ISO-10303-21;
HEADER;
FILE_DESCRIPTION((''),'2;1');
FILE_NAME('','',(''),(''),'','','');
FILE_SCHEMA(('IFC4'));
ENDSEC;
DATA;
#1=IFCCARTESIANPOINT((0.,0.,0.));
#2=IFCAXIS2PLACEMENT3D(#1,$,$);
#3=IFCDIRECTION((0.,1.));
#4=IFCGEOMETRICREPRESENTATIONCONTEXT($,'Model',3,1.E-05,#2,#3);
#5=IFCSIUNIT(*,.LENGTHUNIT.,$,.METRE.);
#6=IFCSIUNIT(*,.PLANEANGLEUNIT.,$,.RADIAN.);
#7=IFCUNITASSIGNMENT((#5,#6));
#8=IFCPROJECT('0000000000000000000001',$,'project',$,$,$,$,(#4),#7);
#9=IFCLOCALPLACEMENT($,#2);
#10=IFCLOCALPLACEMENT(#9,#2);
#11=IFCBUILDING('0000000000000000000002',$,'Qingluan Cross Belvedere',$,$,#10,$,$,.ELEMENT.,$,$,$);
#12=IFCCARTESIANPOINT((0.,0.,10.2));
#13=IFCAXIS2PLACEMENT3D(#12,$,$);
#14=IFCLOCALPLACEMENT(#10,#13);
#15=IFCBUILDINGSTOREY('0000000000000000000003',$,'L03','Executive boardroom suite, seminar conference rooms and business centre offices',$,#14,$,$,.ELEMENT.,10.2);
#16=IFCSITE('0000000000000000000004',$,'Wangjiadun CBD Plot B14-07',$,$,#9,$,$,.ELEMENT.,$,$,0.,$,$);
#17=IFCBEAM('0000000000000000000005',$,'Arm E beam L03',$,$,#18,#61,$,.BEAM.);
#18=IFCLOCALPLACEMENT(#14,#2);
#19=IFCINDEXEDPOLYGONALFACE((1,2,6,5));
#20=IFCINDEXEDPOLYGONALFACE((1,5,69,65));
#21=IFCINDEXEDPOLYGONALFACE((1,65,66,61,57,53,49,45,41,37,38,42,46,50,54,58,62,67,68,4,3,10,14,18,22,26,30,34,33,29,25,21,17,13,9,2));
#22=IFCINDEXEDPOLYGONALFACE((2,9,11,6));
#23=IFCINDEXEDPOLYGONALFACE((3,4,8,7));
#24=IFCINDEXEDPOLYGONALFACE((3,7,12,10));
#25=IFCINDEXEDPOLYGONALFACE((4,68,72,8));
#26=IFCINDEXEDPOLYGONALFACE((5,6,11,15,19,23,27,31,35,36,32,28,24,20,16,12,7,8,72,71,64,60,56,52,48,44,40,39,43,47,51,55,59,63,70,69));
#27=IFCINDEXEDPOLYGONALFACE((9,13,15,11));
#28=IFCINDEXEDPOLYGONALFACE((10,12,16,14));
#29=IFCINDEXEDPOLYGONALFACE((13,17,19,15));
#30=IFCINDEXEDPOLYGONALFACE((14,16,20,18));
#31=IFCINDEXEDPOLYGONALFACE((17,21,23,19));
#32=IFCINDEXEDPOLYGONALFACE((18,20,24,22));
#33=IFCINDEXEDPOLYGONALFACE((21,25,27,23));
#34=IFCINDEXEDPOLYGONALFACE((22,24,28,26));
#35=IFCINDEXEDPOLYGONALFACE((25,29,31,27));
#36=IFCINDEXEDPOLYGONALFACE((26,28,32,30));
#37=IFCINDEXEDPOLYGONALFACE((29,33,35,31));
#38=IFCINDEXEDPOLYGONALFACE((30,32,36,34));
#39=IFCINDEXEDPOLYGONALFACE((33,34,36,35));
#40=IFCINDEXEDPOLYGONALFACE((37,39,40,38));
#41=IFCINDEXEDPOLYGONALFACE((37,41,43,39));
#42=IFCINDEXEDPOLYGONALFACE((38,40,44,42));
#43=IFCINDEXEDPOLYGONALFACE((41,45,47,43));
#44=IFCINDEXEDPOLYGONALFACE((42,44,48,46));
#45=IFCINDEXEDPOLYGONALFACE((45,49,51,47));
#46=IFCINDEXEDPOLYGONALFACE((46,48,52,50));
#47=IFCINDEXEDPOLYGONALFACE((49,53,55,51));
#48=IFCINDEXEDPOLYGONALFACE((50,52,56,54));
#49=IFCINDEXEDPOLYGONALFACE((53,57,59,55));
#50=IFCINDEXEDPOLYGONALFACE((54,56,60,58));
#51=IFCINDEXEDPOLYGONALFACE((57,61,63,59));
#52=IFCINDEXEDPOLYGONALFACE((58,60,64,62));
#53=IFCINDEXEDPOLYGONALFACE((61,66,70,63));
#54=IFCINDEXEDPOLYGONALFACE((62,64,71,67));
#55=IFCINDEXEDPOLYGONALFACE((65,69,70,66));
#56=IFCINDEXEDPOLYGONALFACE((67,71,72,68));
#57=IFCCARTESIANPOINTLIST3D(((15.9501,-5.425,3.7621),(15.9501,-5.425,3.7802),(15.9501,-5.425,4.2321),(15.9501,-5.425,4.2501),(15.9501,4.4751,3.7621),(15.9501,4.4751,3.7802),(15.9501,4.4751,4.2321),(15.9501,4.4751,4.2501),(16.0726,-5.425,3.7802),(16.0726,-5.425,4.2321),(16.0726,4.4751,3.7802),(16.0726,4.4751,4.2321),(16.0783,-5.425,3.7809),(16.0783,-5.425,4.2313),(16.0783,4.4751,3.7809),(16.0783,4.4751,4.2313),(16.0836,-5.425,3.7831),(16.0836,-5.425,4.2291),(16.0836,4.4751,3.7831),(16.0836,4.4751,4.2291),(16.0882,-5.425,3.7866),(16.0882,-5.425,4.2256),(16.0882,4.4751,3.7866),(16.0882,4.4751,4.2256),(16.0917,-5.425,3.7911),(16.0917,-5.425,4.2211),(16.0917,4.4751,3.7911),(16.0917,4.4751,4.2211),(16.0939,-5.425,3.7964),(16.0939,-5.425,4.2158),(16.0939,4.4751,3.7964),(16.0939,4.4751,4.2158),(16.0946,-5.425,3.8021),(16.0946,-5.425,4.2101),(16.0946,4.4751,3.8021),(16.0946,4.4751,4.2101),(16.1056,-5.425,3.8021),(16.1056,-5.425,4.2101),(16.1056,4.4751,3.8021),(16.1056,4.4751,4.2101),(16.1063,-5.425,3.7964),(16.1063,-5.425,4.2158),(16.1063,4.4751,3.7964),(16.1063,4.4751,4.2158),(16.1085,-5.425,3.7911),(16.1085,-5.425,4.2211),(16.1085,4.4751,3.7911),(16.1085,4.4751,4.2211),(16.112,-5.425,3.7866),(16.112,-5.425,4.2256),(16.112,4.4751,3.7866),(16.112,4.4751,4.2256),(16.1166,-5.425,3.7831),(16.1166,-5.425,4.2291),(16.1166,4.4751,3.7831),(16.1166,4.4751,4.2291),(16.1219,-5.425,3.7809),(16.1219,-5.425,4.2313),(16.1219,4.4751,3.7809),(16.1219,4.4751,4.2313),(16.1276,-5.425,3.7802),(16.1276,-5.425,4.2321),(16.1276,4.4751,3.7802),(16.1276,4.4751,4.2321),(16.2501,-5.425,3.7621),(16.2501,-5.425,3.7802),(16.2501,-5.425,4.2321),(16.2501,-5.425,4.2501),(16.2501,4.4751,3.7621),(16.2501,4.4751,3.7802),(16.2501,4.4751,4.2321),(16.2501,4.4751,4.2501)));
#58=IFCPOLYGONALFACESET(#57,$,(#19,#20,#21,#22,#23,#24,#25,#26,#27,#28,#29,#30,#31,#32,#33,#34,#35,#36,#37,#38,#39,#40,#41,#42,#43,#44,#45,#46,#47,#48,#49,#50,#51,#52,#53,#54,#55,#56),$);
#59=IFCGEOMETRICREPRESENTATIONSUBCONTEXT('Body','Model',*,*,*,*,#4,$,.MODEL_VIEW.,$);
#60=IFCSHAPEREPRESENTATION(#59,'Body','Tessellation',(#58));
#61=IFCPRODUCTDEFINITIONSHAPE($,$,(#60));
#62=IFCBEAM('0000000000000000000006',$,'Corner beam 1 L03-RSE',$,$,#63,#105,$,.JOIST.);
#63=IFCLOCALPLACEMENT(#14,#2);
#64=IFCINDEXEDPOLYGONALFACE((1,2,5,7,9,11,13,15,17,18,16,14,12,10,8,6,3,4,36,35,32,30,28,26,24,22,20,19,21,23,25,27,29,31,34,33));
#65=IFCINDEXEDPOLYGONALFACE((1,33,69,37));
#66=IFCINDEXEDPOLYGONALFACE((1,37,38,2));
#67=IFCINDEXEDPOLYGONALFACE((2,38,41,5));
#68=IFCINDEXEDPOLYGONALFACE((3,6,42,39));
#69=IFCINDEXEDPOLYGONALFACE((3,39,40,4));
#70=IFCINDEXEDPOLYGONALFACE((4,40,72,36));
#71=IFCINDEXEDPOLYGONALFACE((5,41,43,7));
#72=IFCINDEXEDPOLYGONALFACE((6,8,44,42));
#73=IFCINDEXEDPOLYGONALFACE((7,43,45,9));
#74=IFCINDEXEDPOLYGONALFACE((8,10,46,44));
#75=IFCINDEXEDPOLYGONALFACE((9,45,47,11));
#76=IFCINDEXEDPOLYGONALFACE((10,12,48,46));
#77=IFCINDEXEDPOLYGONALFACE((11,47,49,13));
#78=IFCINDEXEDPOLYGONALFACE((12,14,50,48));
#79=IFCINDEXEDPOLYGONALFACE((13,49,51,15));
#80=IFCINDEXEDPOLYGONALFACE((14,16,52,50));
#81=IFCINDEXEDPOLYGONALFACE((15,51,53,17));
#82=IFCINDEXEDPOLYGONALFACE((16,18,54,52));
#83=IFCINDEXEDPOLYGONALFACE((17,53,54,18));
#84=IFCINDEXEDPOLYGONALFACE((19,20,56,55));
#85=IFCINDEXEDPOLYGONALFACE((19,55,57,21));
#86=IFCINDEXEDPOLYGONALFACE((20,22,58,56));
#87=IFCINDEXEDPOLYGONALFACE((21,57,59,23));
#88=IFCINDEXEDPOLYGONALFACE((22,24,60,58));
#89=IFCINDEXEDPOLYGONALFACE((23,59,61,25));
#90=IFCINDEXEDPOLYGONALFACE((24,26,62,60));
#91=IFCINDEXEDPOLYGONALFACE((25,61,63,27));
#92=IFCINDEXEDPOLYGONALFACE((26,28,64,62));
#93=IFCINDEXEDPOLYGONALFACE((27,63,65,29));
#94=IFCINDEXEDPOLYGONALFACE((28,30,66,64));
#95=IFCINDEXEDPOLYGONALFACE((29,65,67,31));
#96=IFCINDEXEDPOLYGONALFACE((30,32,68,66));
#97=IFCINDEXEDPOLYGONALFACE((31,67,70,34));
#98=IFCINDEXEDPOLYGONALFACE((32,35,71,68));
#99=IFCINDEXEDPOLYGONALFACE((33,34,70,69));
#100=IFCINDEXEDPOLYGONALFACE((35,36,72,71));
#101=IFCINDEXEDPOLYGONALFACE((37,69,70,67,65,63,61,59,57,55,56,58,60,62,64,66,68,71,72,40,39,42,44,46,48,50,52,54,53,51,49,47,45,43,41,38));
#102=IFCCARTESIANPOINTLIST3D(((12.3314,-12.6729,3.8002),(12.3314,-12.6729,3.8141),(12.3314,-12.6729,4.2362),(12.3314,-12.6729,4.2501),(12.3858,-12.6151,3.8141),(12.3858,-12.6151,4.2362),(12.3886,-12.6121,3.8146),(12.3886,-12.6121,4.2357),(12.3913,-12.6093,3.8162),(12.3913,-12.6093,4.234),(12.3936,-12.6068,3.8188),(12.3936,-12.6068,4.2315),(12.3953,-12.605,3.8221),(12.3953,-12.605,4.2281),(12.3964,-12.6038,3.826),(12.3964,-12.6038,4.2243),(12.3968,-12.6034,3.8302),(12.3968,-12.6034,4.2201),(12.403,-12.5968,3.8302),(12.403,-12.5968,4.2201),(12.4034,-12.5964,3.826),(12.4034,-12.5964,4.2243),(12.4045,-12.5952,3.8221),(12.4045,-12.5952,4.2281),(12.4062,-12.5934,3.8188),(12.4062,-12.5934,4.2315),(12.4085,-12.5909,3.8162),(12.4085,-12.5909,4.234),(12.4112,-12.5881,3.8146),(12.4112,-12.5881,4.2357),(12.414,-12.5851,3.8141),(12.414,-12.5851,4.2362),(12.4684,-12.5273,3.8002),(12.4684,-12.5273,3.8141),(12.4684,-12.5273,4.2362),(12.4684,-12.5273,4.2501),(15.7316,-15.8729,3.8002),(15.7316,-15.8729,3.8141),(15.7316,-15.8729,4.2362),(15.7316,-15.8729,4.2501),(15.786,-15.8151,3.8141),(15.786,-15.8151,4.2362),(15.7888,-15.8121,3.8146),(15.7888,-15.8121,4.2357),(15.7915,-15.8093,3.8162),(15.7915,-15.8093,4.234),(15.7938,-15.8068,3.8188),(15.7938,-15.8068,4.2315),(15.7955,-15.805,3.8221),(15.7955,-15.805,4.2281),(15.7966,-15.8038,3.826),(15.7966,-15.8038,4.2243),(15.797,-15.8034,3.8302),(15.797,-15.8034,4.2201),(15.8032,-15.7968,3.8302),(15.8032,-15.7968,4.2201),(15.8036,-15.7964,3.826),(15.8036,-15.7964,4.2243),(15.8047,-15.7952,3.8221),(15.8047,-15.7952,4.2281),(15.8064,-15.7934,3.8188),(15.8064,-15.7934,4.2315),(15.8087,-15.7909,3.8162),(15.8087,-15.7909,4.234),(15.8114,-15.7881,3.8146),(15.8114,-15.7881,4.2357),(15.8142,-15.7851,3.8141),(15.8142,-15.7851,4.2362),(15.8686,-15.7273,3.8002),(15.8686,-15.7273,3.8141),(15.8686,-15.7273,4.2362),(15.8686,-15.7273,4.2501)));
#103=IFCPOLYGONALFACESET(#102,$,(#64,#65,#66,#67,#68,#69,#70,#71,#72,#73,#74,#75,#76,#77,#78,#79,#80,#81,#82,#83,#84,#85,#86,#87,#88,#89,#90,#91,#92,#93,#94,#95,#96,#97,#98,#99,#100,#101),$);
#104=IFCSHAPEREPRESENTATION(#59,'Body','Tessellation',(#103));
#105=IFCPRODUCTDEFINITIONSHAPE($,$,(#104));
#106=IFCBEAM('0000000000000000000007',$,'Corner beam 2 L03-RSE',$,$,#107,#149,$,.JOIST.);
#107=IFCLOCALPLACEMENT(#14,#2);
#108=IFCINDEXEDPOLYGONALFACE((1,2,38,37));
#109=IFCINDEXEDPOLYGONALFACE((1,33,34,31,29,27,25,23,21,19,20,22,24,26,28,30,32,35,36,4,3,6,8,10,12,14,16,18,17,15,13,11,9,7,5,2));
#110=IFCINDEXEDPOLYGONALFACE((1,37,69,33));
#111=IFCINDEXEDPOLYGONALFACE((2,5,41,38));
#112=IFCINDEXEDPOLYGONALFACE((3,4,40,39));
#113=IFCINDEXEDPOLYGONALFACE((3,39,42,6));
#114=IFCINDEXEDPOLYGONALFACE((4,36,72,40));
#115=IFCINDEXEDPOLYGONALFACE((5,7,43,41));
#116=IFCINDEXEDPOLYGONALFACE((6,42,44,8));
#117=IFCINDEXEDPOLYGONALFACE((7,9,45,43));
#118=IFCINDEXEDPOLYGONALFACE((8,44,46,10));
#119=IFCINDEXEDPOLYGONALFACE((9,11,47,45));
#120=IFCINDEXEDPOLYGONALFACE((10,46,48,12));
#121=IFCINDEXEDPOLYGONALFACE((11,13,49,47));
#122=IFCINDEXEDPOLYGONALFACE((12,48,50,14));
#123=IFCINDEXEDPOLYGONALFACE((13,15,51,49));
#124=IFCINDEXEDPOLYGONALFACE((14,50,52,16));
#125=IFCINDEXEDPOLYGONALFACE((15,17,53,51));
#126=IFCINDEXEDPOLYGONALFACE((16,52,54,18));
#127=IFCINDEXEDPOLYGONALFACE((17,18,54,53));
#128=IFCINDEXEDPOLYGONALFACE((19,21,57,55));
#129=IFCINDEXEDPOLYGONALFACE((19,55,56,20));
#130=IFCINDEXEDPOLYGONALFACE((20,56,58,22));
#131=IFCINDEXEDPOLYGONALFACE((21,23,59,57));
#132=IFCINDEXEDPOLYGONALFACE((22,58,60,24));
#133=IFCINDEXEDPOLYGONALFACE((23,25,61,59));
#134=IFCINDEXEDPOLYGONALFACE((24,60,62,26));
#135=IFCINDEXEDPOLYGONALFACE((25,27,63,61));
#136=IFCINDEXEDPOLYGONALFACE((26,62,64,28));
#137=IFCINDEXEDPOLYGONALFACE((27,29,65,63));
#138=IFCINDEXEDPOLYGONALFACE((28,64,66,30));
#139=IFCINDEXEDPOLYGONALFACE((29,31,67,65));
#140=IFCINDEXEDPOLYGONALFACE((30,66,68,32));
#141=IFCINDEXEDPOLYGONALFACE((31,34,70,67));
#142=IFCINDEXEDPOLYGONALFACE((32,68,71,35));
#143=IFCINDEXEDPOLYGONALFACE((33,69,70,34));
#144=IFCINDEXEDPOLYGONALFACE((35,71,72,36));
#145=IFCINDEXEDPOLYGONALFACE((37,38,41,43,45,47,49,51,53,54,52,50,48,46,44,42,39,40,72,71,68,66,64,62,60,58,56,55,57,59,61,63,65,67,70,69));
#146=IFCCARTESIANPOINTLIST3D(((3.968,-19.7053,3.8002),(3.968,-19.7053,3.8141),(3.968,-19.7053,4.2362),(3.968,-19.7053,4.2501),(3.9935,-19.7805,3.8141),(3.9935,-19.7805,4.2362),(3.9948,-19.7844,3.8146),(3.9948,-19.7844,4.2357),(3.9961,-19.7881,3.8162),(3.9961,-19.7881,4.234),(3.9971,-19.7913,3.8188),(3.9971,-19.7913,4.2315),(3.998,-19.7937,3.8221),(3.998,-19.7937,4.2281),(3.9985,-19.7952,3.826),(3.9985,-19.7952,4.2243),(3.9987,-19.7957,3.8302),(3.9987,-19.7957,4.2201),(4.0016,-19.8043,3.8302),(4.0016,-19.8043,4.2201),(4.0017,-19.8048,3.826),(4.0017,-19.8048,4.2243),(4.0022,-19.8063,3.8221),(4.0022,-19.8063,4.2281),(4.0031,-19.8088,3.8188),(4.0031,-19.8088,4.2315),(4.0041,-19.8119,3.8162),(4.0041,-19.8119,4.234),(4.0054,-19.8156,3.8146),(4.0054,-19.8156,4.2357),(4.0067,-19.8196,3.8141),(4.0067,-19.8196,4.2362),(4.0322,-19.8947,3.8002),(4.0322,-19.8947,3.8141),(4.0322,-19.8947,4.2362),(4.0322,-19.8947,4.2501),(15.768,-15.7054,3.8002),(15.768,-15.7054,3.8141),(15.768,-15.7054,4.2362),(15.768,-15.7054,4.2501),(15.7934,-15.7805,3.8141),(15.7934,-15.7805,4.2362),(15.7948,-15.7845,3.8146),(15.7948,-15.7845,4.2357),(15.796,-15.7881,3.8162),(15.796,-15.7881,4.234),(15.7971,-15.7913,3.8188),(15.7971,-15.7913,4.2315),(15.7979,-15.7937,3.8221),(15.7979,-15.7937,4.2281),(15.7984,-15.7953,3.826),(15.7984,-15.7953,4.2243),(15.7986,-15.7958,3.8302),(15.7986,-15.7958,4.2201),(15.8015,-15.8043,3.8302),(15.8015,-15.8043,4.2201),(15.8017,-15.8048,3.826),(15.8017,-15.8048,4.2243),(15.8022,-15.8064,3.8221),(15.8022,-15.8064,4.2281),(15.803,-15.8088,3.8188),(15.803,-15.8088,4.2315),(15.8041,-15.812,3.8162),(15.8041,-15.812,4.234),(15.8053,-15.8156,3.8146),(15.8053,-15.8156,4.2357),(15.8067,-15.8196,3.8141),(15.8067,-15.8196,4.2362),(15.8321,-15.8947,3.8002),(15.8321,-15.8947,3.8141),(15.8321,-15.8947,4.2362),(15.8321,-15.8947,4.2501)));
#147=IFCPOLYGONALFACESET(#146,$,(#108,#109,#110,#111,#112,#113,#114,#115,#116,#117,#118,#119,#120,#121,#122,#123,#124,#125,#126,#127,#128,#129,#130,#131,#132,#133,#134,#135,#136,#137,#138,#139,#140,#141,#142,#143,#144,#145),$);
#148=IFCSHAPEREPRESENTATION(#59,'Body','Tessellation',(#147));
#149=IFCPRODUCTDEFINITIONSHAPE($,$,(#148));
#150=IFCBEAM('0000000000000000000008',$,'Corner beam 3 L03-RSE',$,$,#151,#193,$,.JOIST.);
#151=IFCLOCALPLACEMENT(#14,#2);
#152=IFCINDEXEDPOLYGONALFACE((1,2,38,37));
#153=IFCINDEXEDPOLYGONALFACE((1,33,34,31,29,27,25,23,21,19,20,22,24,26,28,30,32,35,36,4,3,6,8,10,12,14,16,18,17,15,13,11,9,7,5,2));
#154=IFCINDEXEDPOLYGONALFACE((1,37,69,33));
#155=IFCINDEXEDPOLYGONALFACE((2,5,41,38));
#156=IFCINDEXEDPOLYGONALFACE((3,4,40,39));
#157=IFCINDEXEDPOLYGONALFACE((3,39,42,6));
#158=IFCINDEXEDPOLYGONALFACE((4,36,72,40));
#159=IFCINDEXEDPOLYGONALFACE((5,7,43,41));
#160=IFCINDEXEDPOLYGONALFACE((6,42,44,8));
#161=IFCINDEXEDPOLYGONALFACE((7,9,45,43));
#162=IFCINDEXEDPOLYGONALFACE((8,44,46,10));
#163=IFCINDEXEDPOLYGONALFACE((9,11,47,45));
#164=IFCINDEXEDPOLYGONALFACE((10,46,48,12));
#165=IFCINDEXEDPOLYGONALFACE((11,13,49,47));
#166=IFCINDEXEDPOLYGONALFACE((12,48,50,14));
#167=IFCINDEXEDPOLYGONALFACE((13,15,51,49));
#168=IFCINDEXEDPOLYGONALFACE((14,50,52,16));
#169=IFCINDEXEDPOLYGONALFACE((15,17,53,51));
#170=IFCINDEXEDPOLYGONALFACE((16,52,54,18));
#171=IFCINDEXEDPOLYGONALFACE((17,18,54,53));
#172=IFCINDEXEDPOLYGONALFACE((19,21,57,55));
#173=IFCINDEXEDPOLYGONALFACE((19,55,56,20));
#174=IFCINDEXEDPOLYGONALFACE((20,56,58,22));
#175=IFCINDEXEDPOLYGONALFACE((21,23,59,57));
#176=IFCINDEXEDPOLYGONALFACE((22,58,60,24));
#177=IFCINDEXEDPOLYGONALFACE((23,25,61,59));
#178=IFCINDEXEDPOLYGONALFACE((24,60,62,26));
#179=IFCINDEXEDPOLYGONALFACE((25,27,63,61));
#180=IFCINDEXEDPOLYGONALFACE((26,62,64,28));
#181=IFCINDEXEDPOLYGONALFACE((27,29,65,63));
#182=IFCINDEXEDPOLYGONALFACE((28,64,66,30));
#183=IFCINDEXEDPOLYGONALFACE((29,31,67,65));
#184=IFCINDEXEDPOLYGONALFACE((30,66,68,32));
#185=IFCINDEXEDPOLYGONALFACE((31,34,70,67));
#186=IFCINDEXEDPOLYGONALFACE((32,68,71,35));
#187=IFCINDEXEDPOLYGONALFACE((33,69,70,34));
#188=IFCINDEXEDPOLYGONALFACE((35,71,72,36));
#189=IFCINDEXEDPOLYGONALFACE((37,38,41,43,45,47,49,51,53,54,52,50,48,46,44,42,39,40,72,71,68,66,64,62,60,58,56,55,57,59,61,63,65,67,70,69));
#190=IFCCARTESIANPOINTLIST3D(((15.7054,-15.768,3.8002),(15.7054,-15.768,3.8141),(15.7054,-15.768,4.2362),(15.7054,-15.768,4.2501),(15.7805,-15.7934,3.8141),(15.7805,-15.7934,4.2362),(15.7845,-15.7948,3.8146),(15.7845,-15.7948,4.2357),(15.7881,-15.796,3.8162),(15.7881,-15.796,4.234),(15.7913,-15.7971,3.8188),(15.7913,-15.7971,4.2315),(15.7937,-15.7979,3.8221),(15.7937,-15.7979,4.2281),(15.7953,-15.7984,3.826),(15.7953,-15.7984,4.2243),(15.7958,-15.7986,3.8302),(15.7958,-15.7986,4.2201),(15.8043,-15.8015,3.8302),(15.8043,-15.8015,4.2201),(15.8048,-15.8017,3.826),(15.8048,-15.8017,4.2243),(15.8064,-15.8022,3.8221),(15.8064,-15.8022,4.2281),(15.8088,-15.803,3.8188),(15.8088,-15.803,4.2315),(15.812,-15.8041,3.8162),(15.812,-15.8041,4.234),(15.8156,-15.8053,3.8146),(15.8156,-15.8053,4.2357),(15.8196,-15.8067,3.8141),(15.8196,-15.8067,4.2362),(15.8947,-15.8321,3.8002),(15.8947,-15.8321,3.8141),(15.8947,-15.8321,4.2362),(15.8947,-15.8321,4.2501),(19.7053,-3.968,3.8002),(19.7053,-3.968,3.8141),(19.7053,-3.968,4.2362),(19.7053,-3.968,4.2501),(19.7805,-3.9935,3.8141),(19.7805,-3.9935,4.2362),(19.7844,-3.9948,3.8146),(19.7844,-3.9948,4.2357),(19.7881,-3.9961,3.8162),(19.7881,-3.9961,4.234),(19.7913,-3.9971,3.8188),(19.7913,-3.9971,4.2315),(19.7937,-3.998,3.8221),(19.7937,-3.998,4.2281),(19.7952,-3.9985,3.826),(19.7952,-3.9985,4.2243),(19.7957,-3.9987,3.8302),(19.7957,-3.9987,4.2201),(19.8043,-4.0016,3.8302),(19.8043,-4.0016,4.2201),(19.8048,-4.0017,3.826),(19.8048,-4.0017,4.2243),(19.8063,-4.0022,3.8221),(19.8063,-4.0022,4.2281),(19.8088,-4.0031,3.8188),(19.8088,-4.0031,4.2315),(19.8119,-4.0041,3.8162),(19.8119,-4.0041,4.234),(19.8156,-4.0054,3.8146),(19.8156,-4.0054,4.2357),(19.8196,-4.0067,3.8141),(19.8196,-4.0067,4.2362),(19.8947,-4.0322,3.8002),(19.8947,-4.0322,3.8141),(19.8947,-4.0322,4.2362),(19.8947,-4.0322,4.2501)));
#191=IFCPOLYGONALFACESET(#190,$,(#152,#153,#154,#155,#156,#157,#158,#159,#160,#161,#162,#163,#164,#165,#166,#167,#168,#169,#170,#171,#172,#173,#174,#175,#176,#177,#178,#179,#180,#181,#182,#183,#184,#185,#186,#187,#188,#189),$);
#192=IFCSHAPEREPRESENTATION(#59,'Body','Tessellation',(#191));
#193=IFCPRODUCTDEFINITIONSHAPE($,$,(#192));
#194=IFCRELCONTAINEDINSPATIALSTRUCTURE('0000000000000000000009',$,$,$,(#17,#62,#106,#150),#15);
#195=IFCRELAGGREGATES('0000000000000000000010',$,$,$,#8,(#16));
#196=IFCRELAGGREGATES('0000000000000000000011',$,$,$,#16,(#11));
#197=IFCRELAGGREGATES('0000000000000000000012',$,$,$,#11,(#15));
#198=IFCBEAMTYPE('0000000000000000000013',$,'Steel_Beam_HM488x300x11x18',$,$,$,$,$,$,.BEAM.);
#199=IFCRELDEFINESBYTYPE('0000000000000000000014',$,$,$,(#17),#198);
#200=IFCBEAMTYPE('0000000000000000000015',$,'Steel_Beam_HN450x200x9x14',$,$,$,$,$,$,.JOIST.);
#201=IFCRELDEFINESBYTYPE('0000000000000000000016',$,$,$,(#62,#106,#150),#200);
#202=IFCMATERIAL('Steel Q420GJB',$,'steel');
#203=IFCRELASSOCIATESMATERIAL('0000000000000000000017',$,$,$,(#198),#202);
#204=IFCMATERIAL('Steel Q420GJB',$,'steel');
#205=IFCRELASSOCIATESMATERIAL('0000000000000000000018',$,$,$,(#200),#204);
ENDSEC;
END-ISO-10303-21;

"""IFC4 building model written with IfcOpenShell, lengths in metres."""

from ifc_helpers import new_model, si_unit, direction, frame, origin, origin_2d, place, context, subcontext, project, spatial, i_section, extrude, material, material_profile, profile_set, type_object, element, save


model = new_model("IFC4")

# Units and contexts
model_context = context("Model", 3, precision=1e-05, world=origin(), true_north=direction((0.0, 1.0)))
body_context = subcontext(model_context, "Body", "Model", "MODEL_VIEW")
ifc_project = project(units=[si_unit("LENGTHUNIT", "METRE"), si_unit("PLANEANGLEUNIT", "RADIAN")], contexts=[model_context])

# Site, building, storey
site_placement = place(None, origin())
site = spatial("IfcSite", under=ifc_project, at=site_placement, Name="Wangjiadun CBD Plot B14-07", CompositionType="ELEMENT", RefElevation=0.0)
building_placement = place(site_placement, origin())
building = spatial("IfcBuilding", under=site, at=building_placement, Name="Qingluan Cross Belvedere", CompositionType="ELEMENT")
storey_placement = place(building_placement, frame((0.0, 0.0, 10.2)))
storey = spatial("IfcBuildingStorey", under=building, at=storey_placement, Name="L03", Description="Executive boardroom suite, seminar conference rooms and business centre offices", CompositionType="ELEMENT", Elevation=10.2)

# Beams
ifc_material_1 = material(Name="Steel Q420GJB", Category="steel")
ifc_material_profile_1 = material_profile(ifc_material_1, i_section(OverallWidth=0.3, OverallDepth=0.488, WebThickness=0.011, FlangeThickness=0.0181, FilletRadius=0.022, at=origin_2d()), Name="HM488x300x11x18")
ifc_profile_set_1 = profile_set([ifc_material_profile_1], Name="Steel Q420GJB")
beam_type_1 = type_object("IfcBeamType", Name="Steel_Beam_HM488x300x11x18", PredefinedType="BEAM", material=ifc_profile_set_1)
beam_1_placement = place(storey_placement, frame((16.1001, -5.425, 4.0061), z_axis=(0.0, 1.0, 0.0), x_axis=(-1.0, 0.0, 0.0)))
element("IfcBeam", 1, at=beam_1_placement, inside=storey, type_object=beam_type_1, Name="Arm E beam L03", PredefinedType="BEAM", context=body_context, shape_type="SweptSolid", body=[
    extrude(i_section(OverallWidth=0.3, OverallDepth=0.488, WebThickness=0.011, FlangeThickness=0.0181, FilletRadius=0.022, at=origin_2d()), origin(), (0.0, 0.0, 1.0), 9.9001),
])
ifc_material_2 = material(Name="Steel Q420GJB", Category="steel")
ifc_material_profile_2 = material_profile(ifc_material_2, i_section(OverallWidth=0.2, OverallDepth=0.45, WebThickness=0.009, FlangeThickness=0.0139, FilletRadius=0.0161, at=origin_2d()), Name="HN450x200x9x14")
ifc_profile_set_2 = profile_set([ifc_material_profile_2], Name="Steel Q420GJB")
beam_type_2 = type_object("IfcBeamType", Name="Steel_Beam_HN450x200x9x14", PredefinedType="JOIST", material=ifc_profile_set_2)
beam_2_placement = place(storey_placement, frame((12.3999, -12.6001, 4.0251), z_axis=(0.72822, -0.685343, 0.0), x_axis=(0.685343, 0.72822, 0.0)))
element("IfcBeam", 2, at=beam_2_placement, inside=storey, type_object=beam_type_2, Name="Corner beam 1 L03-RSE", PredefinedType="JOIST", context=body_context, shape_type="SweptSolid", body=[
    extrude(i_section(OverallWidth=0.2, OverallDepth=0.45, WebThickness=0.009, FlangeThickness=0.0139, FilletRadius=0.0161, at=origin_2d()), origin(), (0.0, 0.0, 1.0), 4.6692),
])
for number, where, z_axis, x_axis, name in (
    (3, (15.8, -15.8, 4.0251), (-0.947066, -0.321038, 0.0), (0.321038, -0.947066, 0.0), "Corner beam 2 L03-RSE"),
    (4, (15.8, -15.8, 4.0251), (0.321038, 0.947066, 0.0), (-0.947066, 0.321038, 0.0), "Corner beam 3 L03-RSE"),
):
    element("IfcBeam", number, at=place(storey_placement, frame(where, z_axis=z_axis, x_axis=x_axis)), inside=storey, type_object=beam_type_2, Name=name, PredefinedType="JOIST", context=body_context, shape_type="SweptSolid", body=[
        extrude(i_section(OverallWidth=0.2, OverallDepth=0.45, WebThickness=0.009, FlangeThickness=0.0139, FilletRadius=0.0161, at=origin_2d()), origin(), (0.0, 0.0, 1.0), 12.4595),
    ])

save(model, "model.ifc")
